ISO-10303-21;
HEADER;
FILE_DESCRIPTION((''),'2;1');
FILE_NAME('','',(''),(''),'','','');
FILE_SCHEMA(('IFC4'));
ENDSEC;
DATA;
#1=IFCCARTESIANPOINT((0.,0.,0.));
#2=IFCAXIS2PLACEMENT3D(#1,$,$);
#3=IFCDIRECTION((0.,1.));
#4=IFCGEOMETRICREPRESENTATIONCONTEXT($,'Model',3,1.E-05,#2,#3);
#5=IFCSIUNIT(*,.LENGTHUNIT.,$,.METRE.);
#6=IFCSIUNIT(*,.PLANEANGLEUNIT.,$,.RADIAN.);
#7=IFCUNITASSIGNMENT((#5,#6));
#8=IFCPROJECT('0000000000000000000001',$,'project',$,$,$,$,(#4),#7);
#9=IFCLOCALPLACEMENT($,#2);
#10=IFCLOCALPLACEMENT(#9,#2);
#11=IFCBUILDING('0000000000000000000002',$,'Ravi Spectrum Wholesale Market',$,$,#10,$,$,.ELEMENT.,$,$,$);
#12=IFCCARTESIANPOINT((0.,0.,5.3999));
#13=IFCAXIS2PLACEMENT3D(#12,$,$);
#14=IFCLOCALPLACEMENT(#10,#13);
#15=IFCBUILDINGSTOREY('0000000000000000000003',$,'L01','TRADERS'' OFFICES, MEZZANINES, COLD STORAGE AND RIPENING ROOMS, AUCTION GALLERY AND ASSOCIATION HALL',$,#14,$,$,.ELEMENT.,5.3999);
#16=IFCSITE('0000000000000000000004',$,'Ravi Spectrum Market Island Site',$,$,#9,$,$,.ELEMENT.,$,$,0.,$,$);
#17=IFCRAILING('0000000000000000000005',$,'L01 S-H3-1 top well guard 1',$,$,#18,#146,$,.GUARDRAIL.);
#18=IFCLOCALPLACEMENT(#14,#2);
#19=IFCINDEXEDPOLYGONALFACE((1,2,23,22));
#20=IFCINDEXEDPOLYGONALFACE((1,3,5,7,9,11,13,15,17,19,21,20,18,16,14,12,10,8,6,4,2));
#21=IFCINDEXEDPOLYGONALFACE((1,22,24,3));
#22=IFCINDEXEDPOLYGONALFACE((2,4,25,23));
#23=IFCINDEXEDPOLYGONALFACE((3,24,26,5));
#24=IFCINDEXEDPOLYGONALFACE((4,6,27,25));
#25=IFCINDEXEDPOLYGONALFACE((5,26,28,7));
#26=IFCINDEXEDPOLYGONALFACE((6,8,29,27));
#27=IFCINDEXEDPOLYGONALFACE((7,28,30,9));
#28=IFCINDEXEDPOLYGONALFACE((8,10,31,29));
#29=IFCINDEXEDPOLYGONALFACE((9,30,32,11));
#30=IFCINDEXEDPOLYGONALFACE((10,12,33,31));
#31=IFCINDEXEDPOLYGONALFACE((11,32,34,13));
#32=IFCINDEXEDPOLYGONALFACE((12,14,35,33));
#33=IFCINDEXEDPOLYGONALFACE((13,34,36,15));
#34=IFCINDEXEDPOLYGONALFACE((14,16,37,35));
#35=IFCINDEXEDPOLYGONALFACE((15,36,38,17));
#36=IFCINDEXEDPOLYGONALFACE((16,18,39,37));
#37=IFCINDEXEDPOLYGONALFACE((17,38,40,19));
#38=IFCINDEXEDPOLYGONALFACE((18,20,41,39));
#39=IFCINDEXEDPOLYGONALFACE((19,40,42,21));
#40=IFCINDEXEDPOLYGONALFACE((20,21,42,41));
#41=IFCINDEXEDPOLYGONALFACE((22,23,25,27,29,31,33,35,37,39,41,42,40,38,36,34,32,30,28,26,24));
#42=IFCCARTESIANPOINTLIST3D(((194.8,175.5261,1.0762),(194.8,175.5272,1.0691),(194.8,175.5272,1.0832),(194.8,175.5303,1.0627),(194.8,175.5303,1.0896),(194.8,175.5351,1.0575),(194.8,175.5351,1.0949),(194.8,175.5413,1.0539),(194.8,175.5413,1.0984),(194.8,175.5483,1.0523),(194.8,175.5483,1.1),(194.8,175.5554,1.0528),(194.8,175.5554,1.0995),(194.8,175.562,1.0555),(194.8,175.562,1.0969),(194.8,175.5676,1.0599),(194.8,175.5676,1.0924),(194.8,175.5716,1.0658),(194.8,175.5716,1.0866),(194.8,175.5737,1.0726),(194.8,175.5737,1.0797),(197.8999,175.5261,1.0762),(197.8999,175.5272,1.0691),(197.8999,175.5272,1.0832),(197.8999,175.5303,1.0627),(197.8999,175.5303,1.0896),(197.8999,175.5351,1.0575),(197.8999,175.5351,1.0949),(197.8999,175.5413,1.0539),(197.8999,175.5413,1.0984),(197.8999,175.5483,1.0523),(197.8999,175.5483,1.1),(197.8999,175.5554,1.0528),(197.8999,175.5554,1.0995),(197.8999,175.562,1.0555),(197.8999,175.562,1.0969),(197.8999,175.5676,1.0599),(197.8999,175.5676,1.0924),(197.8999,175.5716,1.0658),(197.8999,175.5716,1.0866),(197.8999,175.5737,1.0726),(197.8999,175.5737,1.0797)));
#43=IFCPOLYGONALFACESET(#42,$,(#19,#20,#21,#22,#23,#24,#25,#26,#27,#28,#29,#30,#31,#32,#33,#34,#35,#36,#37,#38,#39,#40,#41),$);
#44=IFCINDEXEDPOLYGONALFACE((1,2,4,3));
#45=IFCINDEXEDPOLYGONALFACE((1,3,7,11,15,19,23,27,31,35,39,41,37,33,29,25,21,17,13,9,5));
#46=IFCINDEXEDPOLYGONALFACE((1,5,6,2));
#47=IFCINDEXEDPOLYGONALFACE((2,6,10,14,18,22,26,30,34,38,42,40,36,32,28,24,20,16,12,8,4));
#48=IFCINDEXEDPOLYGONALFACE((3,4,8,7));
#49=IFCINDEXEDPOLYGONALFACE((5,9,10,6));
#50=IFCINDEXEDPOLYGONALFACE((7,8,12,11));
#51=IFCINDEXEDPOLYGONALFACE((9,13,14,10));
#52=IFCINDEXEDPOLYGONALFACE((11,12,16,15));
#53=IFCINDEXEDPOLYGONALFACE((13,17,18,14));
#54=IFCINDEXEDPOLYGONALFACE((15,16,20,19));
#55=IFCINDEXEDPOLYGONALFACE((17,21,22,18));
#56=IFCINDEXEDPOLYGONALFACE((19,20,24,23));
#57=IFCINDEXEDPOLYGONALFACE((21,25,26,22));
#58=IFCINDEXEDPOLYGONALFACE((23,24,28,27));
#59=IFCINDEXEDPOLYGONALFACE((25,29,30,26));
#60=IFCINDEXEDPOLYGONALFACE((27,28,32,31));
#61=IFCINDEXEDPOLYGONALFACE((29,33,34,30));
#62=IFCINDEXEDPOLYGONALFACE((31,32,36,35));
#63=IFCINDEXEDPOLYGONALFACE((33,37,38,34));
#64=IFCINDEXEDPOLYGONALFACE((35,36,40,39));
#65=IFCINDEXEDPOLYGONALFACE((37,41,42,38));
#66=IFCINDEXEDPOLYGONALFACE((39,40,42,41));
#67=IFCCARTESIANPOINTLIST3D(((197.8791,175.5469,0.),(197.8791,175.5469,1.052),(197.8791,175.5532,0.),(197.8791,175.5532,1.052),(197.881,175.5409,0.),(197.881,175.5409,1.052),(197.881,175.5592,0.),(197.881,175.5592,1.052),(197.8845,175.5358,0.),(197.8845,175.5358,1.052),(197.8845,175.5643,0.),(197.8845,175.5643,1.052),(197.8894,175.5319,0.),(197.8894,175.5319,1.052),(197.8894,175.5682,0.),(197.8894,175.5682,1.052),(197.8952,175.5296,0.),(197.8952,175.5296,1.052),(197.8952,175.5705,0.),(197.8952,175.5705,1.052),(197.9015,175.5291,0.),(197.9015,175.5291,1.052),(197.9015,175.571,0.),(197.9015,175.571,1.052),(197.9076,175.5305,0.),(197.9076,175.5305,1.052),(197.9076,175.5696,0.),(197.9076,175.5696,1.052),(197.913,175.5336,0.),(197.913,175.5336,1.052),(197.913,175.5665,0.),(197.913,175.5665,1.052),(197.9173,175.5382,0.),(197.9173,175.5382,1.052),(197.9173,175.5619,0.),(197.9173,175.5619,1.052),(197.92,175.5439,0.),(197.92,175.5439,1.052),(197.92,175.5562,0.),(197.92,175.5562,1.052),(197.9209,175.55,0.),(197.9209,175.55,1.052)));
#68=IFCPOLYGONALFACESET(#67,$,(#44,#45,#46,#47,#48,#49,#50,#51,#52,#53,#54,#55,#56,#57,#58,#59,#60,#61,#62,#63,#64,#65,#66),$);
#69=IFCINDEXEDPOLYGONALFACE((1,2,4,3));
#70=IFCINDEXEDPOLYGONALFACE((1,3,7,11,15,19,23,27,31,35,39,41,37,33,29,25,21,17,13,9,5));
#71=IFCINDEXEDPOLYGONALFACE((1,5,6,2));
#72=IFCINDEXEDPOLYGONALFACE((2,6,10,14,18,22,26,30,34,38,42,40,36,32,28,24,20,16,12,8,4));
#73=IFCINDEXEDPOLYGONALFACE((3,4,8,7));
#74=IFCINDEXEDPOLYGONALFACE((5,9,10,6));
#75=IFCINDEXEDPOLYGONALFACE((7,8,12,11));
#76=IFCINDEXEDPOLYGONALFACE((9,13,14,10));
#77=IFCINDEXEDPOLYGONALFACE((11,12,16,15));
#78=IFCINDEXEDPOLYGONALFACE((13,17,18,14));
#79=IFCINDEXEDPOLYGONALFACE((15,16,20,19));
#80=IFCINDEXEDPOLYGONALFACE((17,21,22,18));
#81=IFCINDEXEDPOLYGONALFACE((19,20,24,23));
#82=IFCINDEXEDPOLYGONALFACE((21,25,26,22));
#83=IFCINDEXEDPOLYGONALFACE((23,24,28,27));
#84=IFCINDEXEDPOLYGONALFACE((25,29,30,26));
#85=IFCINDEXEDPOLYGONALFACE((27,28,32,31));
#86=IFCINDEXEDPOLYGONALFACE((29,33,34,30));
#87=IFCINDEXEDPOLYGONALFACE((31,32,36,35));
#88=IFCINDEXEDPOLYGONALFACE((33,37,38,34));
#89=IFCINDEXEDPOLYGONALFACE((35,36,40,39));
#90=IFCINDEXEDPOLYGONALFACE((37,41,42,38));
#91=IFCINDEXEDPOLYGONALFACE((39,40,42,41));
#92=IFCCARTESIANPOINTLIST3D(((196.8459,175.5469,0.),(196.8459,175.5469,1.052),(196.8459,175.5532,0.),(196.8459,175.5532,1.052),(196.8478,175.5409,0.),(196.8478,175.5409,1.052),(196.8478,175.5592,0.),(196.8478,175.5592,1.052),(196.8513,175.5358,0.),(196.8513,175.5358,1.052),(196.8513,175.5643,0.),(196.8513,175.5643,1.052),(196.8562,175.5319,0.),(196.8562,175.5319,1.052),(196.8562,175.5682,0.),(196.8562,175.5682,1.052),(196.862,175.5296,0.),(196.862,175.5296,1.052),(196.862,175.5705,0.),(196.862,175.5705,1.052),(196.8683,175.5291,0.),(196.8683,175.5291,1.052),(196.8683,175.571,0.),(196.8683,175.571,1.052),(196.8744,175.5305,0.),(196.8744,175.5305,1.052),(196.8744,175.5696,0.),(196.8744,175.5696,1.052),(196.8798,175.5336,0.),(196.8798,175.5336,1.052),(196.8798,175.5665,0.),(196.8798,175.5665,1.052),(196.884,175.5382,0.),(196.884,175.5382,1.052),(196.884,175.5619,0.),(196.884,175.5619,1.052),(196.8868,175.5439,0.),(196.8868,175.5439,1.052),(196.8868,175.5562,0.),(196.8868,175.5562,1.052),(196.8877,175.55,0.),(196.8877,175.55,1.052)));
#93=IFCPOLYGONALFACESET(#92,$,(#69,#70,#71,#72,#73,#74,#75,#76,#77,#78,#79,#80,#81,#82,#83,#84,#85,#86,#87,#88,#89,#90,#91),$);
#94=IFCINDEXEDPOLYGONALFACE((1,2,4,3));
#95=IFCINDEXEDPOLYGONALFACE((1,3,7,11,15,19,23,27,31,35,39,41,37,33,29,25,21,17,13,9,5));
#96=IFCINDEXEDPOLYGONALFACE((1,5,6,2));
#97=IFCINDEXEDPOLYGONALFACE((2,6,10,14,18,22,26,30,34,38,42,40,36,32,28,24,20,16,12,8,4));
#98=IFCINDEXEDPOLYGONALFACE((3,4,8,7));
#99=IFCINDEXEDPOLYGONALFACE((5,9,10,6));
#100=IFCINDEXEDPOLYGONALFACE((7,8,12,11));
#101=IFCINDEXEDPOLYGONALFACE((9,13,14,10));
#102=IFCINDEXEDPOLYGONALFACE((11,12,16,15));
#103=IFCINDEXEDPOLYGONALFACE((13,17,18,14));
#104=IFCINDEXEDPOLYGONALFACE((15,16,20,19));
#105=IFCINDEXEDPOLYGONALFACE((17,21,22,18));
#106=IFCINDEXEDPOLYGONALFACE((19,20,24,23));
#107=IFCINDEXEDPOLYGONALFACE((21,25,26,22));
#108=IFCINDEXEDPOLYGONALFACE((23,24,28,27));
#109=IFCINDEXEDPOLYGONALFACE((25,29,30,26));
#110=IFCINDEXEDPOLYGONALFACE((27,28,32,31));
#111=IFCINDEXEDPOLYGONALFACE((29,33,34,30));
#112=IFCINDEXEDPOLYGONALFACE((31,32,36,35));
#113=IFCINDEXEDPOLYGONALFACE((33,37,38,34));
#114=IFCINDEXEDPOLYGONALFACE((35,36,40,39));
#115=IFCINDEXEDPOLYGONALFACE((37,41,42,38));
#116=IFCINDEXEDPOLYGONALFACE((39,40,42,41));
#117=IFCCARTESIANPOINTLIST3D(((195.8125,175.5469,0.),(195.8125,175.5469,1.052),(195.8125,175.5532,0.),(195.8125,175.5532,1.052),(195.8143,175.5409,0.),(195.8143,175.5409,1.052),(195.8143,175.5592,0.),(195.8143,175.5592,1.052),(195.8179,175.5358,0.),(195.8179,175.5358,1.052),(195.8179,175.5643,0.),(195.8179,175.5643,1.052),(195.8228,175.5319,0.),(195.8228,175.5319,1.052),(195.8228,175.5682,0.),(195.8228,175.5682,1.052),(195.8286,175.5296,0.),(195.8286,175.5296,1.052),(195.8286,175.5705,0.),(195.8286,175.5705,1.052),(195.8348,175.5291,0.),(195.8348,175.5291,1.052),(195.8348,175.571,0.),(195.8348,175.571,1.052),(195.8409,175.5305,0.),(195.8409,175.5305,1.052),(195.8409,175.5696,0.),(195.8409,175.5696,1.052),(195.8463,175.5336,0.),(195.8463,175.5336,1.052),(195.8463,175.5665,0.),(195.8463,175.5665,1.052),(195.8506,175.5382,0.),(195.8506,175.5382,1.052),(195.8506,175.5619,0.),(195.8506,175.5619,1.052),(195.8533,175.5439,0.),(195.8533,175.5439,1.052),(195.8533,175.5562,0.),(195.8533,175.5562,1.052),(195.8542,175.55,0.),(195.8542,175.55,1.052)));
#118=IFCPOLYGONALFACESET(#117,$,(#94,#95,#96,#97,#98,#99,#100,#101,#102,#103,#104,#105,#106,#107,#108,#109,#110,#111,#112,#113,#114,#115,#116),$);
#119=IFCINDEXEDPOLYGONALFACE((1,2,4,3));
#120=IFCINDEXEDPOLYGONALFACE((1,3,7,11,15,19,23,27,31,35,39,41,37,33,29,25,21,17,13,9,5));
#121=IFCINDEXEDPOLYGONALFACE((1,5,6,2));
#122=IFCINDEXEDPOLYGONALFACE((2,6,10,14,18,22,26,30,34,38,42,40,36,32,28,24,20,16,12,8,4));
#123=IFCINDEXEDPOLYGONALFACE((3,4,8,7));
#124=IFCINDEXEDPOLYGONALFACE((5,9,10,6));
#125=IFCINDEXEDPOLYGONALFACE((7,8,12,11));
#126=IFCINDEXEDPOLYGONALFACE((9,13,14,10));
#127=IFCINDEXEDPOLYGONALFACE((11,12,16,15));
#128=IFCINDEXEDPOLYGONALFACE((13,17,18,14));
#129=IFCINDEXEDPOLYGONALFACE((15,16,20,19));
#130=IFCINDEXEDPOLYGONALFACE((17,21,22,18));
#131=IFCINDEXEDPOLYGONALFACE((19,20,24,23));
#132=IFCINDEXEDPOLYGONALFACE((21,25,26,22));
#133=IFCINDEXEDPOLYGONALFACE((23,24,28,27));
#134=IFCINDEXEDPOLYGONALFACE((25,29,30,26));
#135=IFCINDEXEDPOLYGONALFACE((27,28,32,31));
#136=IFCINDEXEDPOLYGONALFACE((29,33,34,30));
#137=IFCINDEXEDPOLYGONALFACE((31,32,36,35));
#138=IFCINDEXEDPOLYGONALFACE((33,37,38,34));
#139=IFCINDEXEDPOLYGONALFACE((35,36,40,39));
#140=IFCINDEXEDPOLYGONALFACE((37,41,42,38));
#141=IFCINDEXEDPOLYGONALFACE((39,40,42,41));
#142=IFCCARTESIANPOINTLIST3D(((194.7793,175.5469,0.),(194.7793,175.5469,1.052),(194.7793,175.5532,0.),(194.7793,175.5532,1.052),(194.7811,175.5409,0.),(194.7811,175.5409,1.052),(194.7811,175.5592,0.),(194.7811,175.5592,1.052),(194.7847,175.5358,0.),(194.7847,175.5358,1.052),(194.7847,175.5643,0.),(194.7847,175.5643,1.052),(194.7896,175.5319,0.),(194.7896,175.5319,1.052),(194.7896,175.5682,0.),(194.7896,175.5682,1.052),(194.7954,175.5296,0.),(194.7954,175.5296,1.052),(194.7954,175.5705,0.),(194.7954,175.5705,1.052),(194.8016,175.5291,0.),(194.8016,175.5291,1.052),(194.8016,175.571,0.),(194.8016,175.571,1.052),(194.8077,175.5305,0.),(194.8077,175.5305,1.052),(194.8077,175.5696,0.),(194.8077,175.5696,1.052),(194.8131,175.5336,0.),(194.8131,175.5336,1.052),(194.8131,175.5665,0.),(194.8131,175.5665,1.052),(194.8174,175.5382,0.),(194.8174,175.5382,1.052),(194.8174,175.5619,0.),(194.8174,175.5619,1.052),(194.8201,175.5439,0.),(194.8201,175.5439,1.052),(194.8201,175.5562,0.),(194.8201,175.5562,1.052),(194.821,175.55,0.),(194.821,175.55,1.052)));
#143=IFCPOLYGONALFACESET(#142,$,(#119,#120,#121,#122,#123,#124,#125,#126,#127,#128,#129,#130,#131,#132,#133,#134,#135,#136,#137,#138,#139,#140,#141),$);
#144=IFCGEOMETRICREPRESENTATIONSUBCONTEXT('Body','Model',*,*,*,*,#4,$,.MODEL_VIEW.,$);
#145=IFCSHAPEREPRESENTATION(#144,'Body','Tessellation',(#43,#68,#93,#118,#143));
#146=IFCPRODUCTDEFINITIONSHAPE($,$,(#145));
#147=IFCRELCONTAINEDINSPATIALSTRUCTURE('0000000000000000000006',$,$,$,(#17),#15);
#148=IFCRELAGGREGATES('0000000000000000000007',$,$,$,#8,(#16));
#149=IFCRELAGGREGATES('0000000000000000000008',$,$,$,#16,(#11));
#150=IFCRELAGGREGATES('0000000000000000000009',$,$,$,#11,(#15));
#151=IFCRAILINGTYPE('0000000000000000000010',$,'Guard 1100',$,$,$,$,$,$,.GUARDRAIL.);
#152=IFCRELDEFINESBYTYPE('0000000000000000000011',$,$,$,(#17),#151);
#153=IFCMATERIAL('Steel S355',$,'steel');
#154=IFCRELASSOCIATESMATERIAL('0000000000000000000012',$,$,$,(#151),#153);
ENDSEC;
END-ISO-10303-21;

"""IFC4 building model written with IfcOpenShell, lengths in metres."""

from ifc_helpers import new_model, si_unit, direction, frame, origin, origin_2d, place, context, subcontext, project, spatial, circle, extrude, material, type_object, element, save


model = new_model("IFC4")

# Units and contexts
model_context = context("Model", 3, precision=1e-05, world=origin(), true_north=direction((0.0, 1.0)))
body_context = subcontext(model_context, "Body", "Model", "MODEL_VIEW")
ifc_project = project(units=[si_unit("LENGTHUNIT", "METRE"), si_unit("PLANEANGLEUNIT", "RADIAN")], contexts=[model_context])

# Site, building, storey
site_placement = place(None, origin())
site = spatial("IfcSite", under=ifc_project, at=site_placement, Name="Ravi Spectrum Market Island Site", CompositionType="ELEMENT", RefElevation=0.0)
building_placement = place(site_placement, origin())
building = spatial("IfcBuilding", under=site, at=building_placement, Name="Ravi Spectrum Wholesale Market", CompositionType="ELEMENT")
storey_placement = place(building_placement, frame((0.0, 0.0, 5.3999)))
storey = spatial("IfcBuildingStorey", under=building, at=storey_placement, Name="L01", Description="TRADERS' OFFICES, MEZZANINES, COLD STORAGE AND RIPENING ROOMS, AUCTION GALLERY AND ASSOCIATION HALL", CompositionType="ELEMENT", Elevation=5.3999)

# Railing
ifc_material_1 = material(Name="Steel S355", Category="steel")
railing_type = type_object("IfcRailingType", Name="Guard 1100", PredefinedType="GUARDRAIL", material=ifc_material_1)
railing_placement = place(storey_placement, frame((197.8999, 175.55, 0.0)))
element("IfcRailing", 1, at=railing_placement, inside=storey, type_object=railing_type, Name="L01 S-H3-1 top well guard 1", PredefinedType="GUARDRAIL", context=body_context, shape_type="SweptSolid", body=[
    extrude(circle(Radius=0.0239, at=origin_2d()), frame((0.0, 0.0, 1.0762), z_axis=(-1.0, 0.0, 0.0), x_axis=(0.0, -1.0, 0.0)), (0.0, 0.0, 1.0), 3.0999),
    extrude(circle(Radius=0.021, at=origin_2d()), origin(), (0.0, 0.0, 1.0), 1.052),
    extrude(circle(Radius=0.021, at=origin_2d()), frame((-1.0332, 0.0, 0.0)), (0.0, 0.0, 1.0), 1.052),
    extrude(circle(Radius=0.021, at=origin_2d()), frame((-2.0667, 0.0, 0.0)), (0.0, 0.0, 1.0), 1.052),
    extrude(circle(Radius=0.021, at=origin_2d()), frame((-3.0999, 0.0, 0.0)), (0.0, 0.0, 1.0), 1.052),
])

save(model, "model.ifc")
